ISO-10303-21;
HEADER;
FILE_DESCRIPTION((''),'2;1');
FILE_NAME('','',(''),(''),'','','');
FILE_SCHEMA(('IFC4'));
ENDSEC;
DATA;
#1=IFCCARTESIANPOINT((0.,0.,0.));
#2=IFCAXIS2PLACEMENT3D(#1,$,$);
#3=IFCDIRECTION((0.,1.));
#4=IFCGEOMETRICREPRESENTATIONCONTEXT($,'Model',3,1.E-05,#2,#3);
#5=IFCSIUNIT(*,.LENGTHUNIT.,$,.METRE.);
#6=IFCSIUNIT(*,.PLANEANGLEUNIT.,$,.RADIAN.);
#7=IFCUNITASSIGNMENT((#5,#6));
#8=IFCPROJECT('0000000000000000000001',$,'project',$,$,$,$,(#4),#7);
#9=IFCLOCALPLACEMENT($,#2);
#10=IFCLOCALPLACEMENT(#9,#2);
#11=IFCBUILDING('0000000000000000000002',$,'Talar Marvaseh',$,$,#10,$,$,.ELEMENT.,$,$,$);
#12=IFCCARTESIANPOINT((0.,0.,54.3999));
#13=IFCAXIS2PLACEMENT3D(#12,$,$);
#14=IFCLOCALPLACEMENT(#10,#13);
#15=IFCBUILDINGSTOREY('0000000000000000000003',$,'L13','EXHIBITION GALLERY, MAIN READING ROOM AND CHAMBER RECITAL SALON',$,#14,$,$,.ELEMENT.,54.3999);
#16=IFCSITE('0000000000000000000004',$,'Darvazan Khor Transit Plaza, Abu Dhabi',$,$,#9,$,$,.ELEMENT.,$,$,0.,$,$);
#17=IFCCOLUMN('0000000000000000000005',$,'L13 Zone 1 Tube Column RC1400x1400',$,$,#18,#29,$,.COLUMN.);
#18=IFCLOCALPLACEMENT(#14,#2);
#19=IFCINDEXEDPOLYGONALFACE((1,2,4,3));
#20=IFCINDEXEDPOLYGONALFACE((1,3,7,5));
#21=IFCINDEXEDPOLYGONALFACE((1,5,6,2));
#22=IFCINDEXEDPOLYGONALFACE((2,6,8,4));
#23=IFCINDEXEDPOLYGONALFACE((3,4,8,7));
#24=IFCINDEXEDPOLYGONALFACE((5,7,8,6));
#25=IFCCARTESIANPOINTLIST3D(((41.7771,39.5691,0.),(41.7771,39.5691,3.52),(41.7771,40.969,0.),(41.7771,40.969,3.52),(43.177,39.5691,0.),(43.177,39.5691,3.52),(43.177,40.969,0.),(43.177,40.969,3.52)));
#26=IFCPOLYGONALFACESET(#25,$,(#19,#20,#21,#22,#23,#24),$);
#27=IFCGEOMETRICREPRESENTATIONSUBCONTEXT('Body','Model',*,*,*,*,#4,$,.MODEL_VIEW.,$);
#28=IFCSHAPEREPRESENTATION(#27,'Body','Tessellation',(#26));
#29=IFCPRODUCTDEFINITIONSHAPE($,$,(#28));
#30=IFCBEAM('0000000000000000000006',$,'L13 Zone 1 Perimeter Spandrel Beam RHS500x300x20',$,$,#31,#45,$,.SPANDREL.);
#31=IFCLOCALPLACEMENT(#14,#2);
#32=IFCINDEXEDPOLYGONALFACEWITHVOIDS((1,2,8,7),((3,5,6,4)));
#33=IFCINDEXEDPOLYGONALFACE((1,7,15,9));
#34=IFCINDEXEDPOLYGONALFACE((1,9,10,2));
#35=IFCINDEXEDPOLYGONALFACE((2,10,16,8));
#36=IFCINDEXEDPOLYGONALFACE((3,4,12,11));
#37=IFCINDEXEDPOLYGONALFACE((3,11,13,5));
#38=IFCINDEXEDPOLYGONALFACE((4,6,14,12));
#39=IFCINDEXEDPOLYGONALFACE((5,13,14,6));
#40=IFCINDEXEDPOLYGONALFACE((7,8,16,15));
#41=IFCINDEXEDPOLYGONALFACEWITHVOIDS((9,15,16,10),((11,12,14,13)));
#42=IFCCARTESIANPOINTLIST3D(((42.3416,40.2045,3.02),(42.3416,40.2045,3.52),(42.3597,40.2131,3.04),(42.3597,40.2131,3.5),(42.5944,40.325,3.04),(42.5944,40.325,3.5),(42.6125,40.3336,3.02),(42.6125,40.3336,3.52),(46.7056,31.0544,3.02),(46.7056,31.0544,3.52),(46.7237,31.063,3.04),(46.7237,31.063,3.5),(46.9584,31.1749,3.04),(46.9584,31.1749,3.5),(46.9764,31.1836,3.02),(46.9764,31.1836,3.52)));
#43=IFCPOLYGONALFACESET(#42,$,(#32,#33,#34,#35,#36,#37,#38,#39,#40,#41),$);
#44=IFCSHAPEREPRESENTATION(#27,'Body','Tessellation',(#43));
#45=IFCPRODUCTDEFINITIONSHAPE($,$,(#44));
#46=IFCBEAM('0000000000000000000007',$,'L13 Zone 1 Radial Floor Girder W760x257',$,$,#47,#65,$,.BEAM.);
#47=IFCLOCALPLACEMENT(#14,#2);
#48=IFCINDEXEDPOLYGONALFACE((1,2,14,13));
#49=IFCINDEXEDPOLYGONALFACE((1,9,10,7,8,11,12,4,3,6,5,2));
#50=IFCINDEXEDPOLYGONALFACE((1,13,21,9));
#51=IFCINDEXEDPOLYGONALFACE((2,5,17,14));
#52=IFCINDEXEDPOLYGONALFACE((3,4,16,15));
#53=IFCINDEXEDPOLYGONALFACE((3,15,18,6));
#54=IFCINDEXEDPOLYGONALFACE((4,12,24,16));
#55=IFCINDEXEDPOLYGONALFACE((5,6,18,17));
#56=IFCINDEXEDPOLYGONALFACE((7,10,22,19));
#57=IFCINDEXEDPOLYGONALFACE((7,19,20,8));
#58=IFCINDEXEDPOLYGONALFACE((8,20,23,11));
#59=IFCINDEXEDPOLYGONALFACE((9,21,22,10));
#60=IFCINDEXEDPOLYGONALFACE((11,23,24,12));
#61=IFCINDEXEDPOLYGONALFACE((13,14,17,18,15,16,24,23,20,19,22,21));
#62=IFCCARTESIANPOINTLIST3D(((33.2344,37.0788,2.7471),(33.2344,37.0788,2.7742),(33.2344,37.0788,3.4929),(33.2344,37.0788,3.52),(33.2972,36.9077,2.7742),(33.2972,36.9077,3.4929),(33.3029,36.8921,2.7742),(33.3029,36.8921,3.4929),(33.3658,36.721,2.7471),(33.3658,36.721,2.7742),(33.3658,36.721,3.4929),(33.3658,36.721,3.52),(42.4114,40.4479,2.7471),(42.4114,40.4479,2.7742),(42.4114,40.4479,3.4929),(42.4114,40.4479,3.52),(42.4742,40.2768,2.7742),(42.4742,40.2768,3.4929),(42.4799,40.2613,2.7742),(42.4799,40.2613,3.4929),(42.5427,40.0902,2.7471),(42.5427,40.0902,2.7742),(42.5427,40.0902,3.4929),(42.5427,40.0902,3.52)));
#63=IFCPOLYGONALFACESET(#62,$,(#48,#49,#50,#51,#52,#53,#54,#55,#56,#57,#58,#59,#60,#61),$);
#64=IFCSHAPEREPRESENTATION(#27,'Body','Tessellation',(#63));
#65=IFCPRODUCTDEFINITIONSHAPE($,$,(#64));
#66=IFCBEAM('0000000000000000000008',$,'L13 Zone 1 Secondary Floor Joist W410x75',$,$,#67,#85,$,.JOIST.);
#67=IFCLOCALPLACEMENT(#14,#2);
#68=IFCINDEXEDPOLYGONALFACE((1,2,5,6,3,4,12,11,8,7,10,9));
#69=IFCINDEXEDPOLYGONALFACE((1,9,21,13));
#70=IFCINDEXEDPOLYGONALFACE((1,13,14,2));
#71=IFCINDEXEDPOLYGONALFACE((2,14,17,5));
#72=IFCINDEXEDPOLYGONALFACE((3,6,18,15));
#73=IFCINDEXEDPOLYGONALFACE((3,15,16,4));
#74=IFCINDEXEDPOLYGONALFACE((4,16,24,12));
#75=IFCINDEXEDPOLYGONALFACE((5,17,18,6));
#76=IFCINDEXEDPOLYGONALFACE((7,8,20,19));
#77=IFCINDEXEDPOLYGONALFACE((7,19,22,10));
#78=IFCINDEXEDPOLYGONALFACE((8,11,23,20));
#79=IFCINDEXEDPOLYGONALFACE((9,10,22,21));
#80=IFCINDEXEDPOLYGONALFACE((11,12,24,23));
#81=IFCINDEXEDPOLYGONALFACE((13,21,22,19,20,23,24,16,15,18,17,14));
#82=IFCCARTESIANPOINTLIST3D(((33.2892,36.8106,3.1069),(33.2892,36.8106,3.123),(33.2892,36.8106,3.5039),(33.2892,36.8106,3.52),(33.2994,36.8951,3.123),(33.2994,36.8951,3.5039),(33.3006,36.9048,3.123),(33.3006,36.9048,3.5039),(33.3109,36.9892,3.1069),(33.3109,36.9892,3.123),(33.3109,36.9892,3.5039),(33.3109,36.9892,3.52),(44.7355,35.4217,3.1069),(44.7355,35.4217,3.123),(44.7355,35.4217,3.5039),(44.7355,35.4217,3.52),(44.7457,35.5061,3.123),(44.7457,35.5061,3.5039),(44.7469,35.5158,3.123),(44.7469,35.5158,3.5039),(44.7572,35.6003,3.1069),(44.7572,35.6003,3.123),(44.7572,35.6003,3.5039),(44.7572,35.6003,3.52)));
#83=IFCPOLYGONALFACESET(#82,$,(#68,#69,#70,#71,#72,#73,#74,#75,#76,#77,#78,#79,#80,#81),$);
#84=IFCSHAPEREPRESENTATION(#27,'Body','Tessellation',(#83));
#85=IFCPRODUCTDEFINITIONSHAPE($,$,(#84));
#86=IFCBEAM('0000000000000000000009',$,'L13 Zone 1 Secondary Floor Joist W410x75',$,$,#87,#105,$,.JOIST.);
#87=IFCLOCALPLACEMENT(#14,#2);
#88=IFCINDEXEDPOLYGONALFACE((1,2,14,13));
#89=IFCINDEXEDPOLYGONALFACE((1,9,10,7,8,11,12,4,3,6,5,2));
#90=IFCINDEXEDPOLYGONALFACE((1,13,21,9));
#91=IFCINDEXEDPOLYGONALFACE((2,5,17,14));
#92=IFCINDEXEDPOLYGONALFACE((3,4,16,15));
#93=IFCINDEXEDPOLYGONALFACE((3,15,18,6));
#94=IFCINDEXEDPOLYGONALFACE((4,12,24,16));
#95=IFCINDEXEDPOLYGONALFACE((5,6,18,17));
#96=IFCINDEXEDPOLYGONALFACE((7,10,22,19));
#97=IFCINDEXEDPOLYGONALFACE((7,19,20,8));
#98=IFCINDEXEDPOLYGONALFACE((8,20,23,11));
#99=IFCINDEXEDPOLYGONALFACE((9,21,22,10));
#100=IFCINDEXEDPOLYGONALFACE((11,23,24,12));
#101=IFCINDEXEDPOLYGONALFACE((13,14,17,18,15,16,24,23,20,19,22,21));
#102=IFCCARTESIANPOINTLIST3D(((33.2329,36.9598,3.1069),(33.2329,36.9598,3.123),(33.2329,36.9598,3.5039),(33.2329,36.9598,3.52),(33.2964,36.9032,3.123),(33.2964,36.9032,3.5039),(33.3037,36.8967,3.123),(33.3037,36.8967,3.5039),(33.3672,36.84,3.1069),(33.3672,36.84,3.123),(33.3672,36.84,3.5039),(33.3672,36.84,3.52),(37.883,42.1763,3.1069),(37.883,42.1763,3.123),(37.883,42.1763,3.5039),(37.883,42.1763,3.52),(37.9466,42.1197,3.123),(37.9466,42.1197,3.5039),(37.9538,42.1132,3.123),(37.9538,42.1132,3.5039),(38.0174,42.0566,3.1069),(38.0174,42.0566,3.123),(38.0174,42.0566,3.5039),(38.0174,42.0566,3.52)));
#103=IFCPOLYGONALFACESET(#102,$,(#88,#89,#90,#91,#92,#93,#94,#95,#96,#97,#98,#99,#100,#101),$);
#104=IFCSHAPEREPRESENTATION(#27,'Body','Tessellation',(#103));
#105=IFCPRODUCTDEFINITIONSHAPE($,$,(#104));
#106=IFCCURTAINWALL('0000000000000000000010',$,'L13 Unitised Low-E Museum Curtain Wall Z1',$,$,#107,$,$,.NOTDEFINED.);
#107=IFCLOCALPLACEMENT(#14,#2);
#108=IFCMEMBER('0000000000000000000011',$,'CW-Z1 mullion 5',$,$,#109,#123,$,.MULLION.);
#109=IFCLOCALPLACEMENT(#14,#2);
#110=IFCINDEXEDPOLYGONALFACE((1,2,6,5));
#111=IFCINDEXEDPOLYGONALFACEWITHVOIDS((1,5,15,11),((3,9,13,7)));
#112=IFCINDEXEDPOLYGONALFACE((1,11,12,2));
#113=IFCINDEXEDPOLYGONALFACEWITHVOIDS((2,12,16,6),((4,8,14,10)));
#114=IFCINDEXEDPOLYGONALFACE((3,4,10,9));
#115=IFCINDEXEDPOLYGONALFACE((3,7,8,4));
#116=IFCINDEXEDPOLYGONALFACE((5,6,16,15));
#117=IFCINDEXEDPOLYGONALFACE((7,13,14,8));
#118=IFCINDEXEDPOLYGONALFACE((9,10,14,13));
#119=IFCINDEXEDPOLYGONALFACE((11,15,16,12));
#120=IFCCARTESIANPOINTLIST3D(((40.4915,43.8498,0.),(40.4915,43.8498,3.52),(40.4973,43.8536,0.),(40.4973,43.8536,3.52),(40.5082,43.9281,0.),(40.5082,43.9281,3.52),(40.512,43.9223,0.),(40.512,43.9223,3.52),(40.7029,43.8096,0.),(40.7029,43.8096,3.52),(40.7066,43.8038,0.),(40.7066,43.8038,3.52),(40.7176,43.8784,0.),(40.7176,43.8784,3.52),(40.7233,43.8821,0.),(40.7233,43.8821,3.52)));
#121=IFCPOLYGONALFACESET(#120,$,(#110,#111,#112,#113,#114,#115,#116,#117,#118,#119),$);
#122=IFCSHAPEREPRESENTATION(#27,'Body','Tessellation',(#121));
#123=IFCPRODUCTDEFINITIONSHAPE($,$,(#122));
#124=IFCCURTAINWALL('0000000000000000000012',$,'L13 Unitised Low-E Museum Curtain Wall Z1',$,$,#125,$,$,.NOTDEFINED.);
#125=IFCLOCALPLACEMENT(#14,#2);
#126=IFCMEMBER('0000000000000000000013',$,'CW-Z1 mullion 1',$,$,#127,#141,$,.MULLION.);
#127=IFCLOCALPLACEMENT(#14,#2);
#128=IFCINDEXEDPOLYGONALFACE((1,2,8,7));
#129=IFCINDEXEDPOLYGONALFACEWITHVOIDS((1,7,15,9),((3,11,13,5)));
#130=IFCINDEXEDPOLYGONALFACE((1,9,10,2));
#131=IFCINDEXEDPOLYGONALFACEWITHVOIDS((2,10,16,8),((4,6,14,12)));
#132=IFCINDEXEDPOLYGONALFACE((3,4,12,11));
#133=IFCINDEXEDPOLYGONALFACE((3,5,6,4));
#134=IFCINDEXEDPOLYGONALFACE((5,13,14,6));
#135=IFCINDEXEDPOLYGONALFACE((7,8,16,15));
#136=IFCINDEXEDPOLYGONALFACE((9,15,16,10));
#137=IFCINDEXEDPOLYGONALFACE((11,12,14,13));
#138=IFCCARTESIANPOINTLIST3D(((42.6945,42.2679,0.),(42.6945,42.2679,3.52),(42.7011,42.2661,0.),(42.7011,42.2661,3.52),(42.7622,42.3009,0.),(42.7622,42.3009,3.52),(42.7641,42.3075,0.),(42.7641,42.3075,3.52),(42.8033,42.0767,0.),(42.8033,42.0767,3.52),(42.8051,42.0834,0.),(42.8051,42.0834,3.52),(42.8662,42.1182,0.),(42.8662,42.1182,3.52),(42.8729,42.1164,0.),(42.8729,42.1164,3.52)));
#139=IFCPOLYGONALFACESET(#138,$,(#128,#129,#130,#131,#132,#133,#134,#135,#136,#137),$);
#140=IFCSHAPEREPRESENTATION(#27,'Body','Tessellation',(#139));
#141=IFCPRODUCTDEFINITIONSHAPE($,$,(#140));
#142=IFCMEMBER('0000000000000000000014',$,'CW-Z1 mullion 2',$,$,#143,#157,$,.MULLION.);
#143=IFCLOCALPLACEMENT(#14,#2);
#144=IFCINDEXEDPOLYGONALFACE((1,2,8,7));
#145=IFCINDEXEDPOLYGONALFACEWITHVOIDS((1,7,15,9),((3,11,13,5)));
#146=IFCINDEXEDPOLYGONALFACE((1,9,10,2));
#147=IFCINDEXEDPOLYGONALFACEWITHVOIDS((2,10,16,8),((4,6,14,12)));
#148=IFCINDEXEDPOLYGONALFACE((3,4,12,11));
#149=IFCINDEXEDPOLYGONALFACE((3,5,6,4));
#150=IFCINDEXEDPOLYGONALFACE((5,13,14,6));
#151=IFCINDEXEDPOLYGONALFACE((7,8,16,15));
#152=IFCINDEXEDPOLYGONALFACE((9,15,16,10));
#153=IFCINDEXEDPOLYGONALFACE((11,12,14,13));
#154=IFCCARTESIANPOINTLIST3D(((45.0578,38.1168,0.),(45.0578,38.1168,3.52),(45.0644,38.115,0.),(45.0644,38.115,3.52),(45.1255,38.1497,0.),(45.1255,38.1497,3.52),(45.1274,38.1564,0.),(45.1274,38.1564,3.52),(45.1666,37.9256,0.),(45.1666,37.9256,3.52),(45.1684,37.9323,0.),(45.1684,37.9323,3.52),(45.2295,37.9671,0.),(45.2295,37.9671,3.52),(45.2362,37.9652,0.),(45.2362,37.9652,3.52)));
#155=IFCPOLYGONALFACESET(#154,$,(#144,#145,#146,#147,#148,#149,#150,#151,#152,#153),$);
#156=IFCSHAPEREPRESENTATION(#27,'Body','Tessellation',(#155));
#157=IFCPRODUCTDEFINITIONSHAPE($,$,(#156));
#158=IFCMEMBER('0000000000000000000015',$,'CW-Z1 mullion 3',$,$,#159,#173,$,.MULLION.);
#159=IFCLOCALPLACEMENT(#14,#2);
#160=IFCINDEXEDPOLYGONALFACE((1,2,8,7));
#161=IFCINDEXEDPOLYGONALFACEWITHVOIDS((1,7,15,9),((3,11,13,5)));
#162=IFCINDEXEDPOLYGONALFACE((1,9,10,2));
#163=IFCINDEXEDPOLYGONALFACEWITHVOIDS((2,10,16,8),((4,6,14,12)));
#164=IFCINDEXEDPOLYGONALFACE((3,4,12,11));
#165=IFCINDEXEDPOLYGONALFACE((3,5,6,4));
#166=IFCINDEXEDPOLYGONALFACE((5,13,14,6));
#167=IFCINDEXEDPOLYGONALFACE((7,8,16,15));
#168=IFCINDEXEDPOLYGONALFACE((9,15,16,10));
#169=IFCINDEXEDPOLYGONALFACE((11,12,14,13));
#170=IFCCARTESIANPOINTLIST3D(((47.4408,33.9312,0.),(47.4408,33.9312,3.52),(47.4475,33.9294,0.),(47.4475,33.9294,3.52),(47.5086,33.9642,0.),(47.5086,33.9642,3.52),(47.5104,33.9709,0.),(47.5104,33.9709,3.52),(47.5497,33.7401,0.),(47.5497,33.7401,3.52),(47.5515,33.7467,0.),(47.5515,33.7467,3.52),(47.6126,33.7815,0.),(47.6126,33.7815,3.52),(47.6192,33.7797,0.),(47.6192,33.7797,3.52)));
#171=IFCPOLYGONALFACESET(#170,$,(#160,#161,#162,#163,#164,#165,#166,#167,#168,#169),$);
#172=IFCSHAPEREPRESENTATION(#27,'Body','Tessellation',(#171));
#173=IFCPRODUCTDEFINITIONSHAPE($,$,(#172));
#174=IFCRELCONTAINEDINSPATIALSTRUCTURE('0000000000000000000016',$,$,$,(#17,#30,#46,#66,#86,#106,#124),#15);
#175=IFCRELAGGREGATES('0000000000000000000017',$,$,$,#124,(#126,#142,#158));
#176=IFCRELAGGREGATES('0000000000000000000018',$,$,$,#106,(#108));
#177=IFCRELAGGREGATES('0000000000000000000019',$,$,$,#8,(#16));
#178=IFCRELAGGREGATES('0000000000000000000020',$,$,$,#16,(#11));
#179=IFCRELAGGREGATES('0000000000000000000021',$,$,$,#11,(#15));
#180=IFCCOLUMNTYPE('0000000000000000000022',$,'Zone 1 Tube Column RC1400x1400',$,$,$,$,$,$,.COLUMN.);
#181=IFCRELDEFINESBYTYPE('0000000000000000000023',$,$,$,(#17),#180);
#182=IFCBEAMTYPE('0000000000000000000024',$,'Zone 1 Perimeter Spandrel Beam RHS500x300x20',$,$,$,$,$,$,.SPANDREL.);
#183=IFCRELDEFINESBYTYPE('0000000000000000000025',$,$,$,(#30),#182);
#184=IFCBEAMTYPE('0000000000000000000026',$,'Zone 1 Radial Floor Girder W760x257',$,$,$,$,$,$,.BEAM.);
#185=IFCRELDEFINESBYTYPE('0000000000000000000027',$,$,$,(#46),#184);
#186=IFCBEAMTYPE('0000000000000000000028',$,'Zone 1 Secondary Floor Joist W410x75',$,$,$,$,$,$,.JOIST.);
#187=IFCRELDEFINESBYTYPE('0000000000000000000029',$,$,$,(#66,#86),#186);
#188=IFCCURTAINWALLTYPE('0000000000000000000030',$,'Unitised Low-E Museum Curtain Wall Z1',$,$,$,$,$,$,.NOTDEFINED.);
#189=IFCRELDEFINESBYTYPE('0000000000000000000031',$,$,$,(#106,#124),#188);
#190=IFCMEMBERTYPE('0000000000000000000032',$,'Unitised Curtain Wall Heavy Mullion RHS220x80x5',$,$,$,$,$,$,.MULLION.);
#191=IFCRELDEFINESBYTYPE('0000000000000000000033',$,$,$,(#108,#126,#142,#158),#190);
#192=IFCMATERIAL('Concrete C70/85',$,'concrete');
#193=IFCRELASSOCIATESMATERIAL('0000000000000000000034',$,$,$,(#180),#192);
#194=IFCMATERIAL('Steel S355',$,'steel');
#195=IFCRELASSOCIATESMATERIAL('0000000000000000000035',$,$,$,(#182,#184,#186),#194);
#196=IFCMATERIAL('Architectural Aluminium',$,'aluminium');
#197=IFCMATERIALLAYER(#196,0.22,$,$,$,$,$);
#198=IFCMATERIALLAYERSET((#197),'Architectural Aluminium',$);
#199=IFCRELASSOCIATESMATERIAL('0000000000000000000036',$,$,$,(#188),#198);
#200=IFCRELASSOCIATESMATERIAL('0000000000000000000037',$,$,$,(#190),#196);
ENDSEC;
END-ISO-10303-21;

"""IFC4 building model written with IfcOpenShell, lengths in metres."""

from ifc_helpers import new_model, si_unit, direction, frame, origin, origin_2d, place, context, subcontext, project, spatial, rectangle, hollow_rectangle, i_section, extrude, source, transform, mapped, material, layer, layer_set, material_profile, profile_set, type_object, type_shapes, element, aggregate, save


model = new_model("IFC4")

# Units and contexts
model_context = context("Model", 3, precision=1e-05, world=origin(), true_north=direction((0.0, 1.0)))
body_context = subcontext(model_context, "Body", "Model", "MODEL_VIEW")
ifc_project = project(units=[si_unit("LENGTHUNIT", "METRE"), si_unit("PLANEANGLEUNIT", "RADIAN")], contexts=[model_context])

# Site, building, storey
site_placement = place(None, origin())
site = spatial("IfcSite", under=ifc_project, at=site_placement, Name="Darvazan Khor Transit Plaza, Abu Dhabi", CompositionType="ELEMENT", RefElevation=0.0)
building_placement = place(site_placement, origin())
building = spatial("IfcBuilding", under=site, at=building_placement, Name="Talar Marvaseh", CompositionType="ELEMENT")
storey_placement = place(building_placement, frame((0.0, 0.0, 54.3999)))
storey = spatial("IfcBuildingStorey", under=building, at=storey_placement, Name="L13", Description="EXHIBITION GALLERY, MAIN READING ROOM AND CHAMBER RECITAL SALON", CompositionType="ELEMENT", Elevation=54.3999)

# Column
ifc_material_1 = material(Name="Concrete C70/85", Category="concrete")
ifc_material_profile_1 = material_profile(ifc_material_1, rectangle(XDim=1.3999, YDim=1.3999, at=origin_2d()), Name="RC1400x1400")
ifc_profile_set_1 = profile_set([ifc_material_profile_1], Name="Concrete C70/85")
column_type = type_object("IfcColumnType", Name="Zone 1 Tube Column RC1400x1400", PredefinedType="COLUMN", material=ifc_profile_set_1)
column_placement = place(storey_placement, frame((42.4771, 40.269, 0.0), z_axis=(0.0, 0.0, 1.0), x_axis=(1.0, 0.0, 0.0)))
element("IfcColumn", 1, at=column_placement, inside=storey, type_object=column_type, Name="L13 Zone 1 Tube Column RC1400x1400", PredefinedType="COLUMN", context=body_context, shape_type="SweptSolid", body=[
    extrude(rectangle(XDim=1.3999, YDim=1.3999, at=origin_2d()), origin(), (0.0, 0.0, 1.0), 3.52),
])

# Beams
ifc_material_2 = material(Name="Steel S355", Category="steel")
ifc_material_profile_2 = material_profile(ifc_material_2, hollow_rectangle(XDim=0.3, YDim=0.5, WallThickness=0.02, at=origin_2d()), Name="RHS500x300x20")
ifc_profile_set_2 = profile_set([ifc_material_profile_2], Name="Steel S355")
beam_type_1 = type_object("IfcBeamType", Name="Zone 1 Perimeter Spandrel Beam RHS500x300x20", PredefinedType="SPANDREL", material=ifc_profile_set_2)
beam_1_placement = place(storey_placement, frame((42.4771, 40.269, 3.27), z_axis=(0.43048, -0.9026, 0.0), x_axis=(0.9026, 0.43048, 0.0)))
element("IfcBeam", 2, at=beam_1_placement, inside=storey, type_object=beam_type_1, Name="L13 Zone 1 Perimeter Spandrel Beam RHS500x300x20", PredefinedType="SPANDREL", context=body_context, shape_type="SweptSolid", body=[
    extrude(hollow_rectangle(XDim=0.3, YDim=0.5, WallThickness=0.02, at=origin_2d()), origin(), (0.0, 0.0, 1.0), 10.1375),
])
ifc_material_profile_3 = material_profile(ifc_material_2, i_section(OverallWidth=0.3811, OverallDepth=0.7729, WebThickness=0.0166, FlangeThickness=0.0271, at=origin_2d()), Name="W760x257")
ifc_profile_set_3 = profile_set([ifc_material_profile_3], Name="Steel S355")
beam_type_2 = type_object("IfcBeamType", Name="Zone 1 Radial Floor Girder W760x257", PredefinedType="BEAM", material=ifc_profile_set_3)
beam_2_placement = place(storey_placement, frame((42.4771, 40.269, 3.1335), z_axis=(-0.938736, -0.344637, 0.0), x_axis=(0.344637, -0.938736, 0.0)))
element("IfcBeam", 3, at=beam_2_placement, inside=storey, type_object=beam_type_2, Name="L13 Zone 1 Radial Floor Girder W760x257", PredefinedType="BEAM", context=body_context, shape_type="SweptSolid", body=[
    extrude(i_section(OverallWidth=0.3811, OverallDepth=0.7729, WebThickness=0.0166, FlangeThickness=0.0271, at=origin_2d()), origin(), (0.0, 0.0, 1.0), 9.7759),
])
ifc_material_profile_4 = material_profile(ifc_material_2, i_section(OverallWidth=0.1799, OverallDepth=0.4131, WebThickness=0.0098, FlangeThickness=0.0161, at=origin_2d()), Name="W410x75")
ifc_profile_set_4 = profile_set([ifc_material_profile_4], Name="Steel S355")
beam_type_3 = type_object("IfcBeamType", Name="Zone 1 Secondary Floor Joist W410x75", PredefinedType="JOIST", material=ifc_profile_set_4)
beam_3_placement = place(storey_placement, frame((44.7463, 35.511, 3.3135), z_axis=(-0.992718, 0.120458, 0.0), x_axis=(-0.120458, -0.992718, 0.0)))
element("IfcBeam", 4, at=beam_3_placement, inside=storey, type_object=beam_type_3, Name="L13 Zone 1 Secondary Floor Joist W410x75", PredefinedType="JOIST", context=body_context, shape_type="SweptSolid", body=[
    extrude(i_section(OverallWidth=0.1799, OverallDepth=0.4131, WebThickness=0.0098, FlangeThickness=0.0161, at=origin_2d()), origin(), (0.0, 0.0, 1.0), 11.5303),
])
beam_4_placement = place(storey_placement, frame((37.9502, 42.1165, 3.3135), z_axis=(-0.665419, -0.74647, 0.0), x_axis=(0.74647, -0.665419, 0.0)))
element("IfcBeam", 5, at=beam_4_placement, inside=storey, type_object=beam_type_3, Name="L13 Zone 1 Secondary Floor Joist W410x75", PredefinedType="JOIST", context=body_context, shape_type="SweptSolid", body=[
    extrude(i_section(OverallWidth=0.1799, OverallDepth=0.4131, WebThickness=0.0098, FlangeThickness=0.0161, at=origin_2d()), origin(), (0.0, 0.0, 1.0), 6.9883),
])

# Curtain wall, member
ifc_material_3 = material(Name="Architectural Aluminium", Category="aluminium")
ifc_layer_1 = layer(ifc_material_3, 0.22)
ifc_layer_set_1 = layer_set([ifc_layer_1], Name="Architectural Aluminium")
curtain_wall_type = type_object("IfcCurtainWallType", Name="Unitised Low-E Museum Curtain Wall Z1", PredefinedType="NOTDEFINED", material=ifc_layer_set_1)
curtain_wall_1_placement = place(storey_placement, origin())
curtain_wall_1 = element("IfcCurtainWall", 6, at=curtain_wall_1_placement, inside=storey, type_object=curtain_wall_type, Name="L13 Unitised Low-E Museum Curtain Wall Z1", PredefinedType="NOTDEFINED")
ifc_material_profile_5 = material_profile(ifc_material_3, hollow_rectangle(XDim=0.0801, YDim=0.22, WallThickness=0.0049, at=origin_2d()), Name="RHS220x80x5")
ifc_profile_set_5 = profile_set([ifc_material_profile_5], Name="Architectural Aluminium")
member_type_1 = type_object("IfcMemberType", Name="Unitised Curtain Wall Heavy Mullion RHS220x80x5", PredefinedType="MULLION", material=ifc_profile_set_5)
shared_shape_1 = source(origin(), body_context, "Body", "SweptSolid", [
    extrude(hollow_rectangle(XDim=0.0801, YDim=0.22, WallThickness=0.0049, at=origin_2d()), origin(), (0.0, 0.0, 1.0), 3.52),
])
type_shapes(member_type_1, [shared_shape_1])
member_1_placement = place(storey_placement, frame((40.6074, 43.866, 0.0), z_axis=(0.0, 0.0, 1.0), x_axis=(0.209073, 0.9779, 0.0)))
member_1 = element("IfcMember", 7, at=member_1_placement, type_object=member_type_1, Name="CW-Z1 mullion 5", PredefinedType="MULLION", context=body_context, shape_type="MappedRepresentation", body=[
    mapped(shared_shape_1, transform((0.0, 0.0, 0.0), x_axis=(1.0, 0.0, 0.0), y_axis=(0.0, 1.0, 0.0), z_axis=(0.0, 0.0, 1.0), scale=1.0)),
])

# Curtain wall, members
curtain_wall_2_placement = place(storey_placement, origin())
curtain_wall_2 = element("IfcCurtainWall", 8, at=curtain_wall_2_placement, inside=storey, type_object=curtain_wall_type, Name="L13 Unitised Low-E Museum Curtain Wall Z1", PredefinedType="NOTDEFINED")
member_2_placement = place(storey_placement, frame((42.7837, 42.1921, 0.0), z_axis=(0.0, 0.0, 1.0), x_axis=(0.869029, 0.494762, 0.0)))
member_2 = element("IfcMember", 9, at=member_2_placement, type_object=member_type_1, Name="CW-Z1 mullion 1", PredefinedType="MULLION", context=body_context, shape_type="MappedRepresentation", body=[
    mapped(shared_shape_1, transform((0.0, 0.0, 0.0), x_axis=(1.0, 0.0, 0.0), y_axis=(0.0, 1.0, 0.0), z_axis=(0.0, 0.0, 1.0), scale=1.0)),
])
member_3_placement = place(storey_placement, frame((45.147, 38.041, 0.0), z_axis=(0.0, 0.0, 1.0), x_axis=(0.869029, 0.494762, 0.0)))
member_3 = element("IfcMember", 10, at=member_3_placement, type_object=member_type_1, Name="CW-Z1 mullion 2", PredefinedType="MULLION", context=body_context, shape_type="MappedRepresentation", body=[
    mapped(shared_shape_1, transform((0.0, 0.0, 0.0), x_axis=(1.0, 0.0, 0.0), y_axis=(0.0, 1.0, 0.0), z_axis=(0.0, 0.0, 1.0), scale=1.0)),
])
member_4_placement = place(storey_placement, frame((47.53, 33.8555, 0.0), z_axis=(0.0, 0.0, 1.0), x_axis=(0.869029, 0.494762, 0.0)))
member_4 = element("IfcMember", 11, at=member_4_placement, type_object=member_type_1, Name="CW-Z1 mullion 3", PredefinedType="MULLION", context=body_context, shape_type="MappedRepresentation", body=[
    mapped(shared_shape_1, transform((0.0, 0.0, 0.0), x_axis=(1.0, 0.0, 0.0), y_axis=(0.0, 1.0, 0.0), z_axis=(0.0, 0.0, 1.0), scale=1.0)),
])
aggregate(curtain_wall_2, [member_2, member_3, member_4])

aggregate(curtain_wall_1, [member_1])

save(model, "model.ifc")
